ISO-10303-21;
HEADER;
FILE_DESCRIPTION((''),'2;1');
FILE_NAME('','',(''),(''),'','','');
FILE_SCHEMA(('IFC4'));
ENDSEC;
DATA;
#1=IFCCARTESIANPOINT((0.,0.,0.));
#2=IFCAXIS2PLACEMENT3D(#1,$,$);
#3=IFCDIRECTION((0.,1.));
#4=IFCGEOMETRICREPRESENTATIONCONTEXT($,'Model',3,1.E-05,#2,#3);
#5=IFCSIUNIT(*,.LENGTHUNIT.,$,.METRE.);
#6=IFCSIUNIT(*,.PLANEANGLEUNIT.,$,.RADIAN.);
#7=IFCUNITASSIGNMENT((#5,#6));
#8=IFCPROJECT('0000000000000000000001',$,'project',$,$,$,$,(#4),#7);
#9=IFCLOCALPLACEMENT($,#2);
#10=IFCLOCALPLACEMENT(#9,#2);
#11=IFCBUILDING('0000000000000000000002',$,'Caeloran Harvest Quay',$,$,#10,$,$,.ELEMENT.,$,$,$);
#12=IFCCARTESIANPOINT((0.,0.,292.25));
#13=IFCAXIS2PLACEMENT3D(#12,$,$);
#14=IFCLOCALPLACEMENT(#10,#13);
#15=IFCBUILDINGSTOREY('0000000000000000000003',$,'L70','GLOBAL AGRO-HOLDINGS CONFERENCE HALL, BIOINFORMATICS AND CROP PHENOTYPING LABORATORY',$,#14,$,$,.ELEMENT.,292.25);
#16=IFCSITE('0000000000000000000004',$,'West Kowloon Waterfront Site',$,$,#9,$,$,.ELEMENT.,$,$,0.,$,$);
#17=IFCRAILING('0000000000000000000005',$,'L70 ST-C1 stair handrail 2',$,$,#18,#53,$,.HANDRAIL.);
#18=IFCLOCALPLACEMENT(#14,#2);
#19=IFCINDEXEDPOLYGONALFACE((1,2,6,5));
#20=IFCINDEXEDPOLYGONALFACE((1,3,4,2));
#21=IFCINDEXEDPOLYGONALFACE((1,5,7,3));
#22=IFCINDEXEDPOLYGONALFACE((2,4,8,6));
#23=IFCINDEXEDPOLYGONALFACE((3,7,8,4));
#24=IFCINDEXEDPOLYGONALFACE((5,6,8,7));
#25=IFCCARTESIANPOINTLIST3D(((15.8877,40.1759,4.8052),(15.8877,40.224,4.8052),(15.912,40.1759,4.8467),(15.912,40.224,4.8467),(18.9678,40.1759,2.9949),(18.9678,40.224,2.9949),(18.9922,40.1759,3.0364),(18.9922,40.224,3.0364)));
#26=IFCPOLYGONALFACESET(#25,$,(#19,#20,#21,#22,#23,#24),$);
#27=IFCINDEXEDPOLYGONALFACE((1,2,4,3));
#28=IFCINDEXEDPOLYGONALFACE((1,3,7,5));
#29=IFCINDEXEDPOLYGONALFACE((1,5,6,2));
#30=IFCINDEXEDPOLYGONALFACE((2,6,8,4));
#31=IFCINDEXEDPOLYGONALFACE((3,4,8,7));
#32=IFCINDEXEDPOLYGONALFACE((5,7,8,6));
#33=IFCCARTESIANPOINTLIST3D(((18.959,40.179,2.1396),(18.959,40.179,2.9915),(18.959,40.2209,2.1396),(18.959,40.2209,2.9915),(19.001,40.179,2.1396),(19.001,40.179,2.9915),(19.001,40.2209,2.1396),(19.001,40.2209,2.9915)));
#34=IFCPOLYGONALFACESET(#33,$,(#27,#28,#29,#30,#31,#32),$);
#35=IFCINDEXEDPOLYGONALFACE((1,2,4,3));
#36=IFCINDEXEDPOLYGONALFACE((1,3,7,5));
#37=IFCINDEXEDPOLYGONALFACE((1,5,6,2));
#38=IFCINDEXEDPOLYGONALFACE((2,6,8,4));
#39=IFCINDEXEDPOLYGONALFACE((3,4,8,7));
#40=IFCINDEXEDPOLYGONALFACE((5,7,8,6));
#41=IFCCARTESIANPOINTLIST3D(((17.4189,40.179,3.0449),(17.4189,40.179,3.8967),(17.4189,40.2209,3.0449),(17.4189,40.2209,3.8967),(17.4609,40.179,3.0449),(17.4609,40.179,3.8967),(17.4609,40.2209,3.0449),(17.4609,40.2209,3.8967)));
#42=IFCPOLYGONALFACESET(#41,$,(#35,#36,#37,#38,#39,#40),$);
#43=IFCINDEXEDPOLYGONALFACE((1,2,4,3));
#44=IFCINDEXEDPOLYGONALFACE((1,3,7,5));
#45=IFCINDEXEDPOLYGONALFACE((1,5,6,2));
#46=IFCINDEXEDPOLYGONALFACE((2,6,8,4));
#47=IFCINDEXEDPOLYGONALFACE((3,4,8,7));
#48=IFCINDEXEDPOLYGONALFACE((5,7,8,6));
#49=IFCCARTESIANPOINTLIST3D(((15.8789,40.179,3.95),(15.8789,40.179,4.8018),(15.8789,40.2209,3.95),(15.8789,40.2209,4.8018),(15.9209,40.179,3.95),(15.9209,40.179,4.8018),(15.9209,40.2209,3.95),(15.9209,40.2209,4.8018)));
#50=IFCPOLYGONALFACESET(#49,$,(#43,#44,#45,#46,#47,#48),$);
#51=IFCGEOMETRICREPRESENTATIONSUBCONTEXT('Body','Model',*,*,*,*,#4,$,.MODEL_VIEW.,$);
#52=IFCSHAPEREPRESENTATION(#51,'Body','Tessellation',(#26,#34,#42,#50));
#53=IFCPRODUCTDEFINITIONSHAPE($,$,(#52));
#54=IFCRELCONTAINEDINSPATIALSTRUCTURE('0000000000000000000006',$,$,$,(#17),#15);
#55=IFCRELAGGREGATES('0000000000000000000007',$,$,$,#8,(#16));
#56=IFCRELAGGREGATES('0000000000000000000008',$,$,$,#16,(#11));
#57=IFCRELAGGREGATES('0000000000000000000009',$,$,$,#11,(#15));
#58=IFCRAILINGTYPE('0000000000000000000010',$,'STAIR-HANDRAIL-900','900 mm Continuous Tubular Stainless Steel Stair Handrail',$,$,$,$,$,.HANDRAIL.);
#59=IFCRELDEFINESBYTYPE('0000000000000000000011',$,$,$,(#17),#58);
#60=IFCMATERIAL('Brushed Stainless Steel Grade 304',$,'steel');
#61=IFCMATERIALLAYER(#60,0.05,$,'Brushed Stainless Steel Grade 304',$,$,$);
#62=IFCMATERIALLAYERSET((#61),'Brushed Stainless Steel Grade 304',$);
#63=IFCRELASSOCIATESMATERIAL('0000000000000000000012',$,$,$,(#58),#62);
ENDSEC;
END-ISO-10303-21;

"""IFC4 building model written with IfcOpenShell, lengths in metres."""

from ifc_helpers import new_model, si_unit, direction, frame, origin, origin_2d, place, context, subcontext, project, spatial, rectangle, extrude, material, layer, layer_set, type_object, element, save


model = new_model("IFC4")

# Units and contexts
model_context = context("Model", 3, precision=1e-05, world=origin(), true_north=direction((0.0, 1.0)))
body_context = subcontext(model_context, "Body", "Model", "MODEL_VIEW")
ifc_project = project(units=[si_unit("LENGTHUNIT", "METRE"), si_unit("PLANEANGLEUNIT", "RADIAN")], contexts=[model_context])

# Site, building, storey
site_placement = place(None, origin())
site = spatial("IfcSite", under=ifc_project, at=site_placement, Name="West Kowloon Waterfront Site", CompositionType="ELEMENT", RefElevation=0.0)
building_placement = place(site_placement, origin())
building = spatial("IfcBuilding", under=site, at=building_placement, Name="Caeloran Harvest Quay", CompositionType="ELEMENT")
storey_placement = place(building_placement, frame((0.0, 0.0, 292.25)))
storey = spatial("IfcBuildingStorey", under=building, at=storey_placement, Name="L70", Description="GLOBAL AGRO-HOLDINGS CONFERENCE HALL, BIOINFORMATICS AND CROP PHENOTYPING LABORATORY", CompositionType="ELEMENT", Elevation=292.25)

# Railing
ifc_material_1 = material(Name="Brushed Stainless Steel Grade 304", Category="steel")
ifc_layer_1 = layer(ifc_material_1, 0.05, Name="Brushed Stainless Steel Grade 304")
ifc_layer_set_1 = layer_set([ifc_layer_1], Name="Brushed Stainless Steel Grade 304")
railing_type_1 = type_object("IfcRailingType", Name="STAIR-HANDRAIL-900", Description="900 mm Continuous Tubular Stainless Steel Stair Handrail", PredefinedType="HANDRAIL", material=ifc_layer_set_1)
railing_1_placement = place(storey_placement, frame((18.98, 40.2, 2.1396)))
element("IfcRailing", 1, at=railing_1_placement, inside=storey, type_object=railing_type_1, Name="L70 ST-C1 stair handrail 2", PredefinedType="HANDRAIL", context=body_context, shape_type="SweptSolid", body=[
    extrude(rectangle(XDim=0.0481, YDim=0.0481, at=origin_2d()), frame((0.0, 0.0, 0.876), z_axis=(-0.862119, 0.0, 0.506707), x_axis=(0.0, -1.0, 0.0)), (0.0, 0.0, 1.0), 3.5728),
    extrude(rectangle(XDim=0.042, YDim=0.042, at=origin_2d()), origin(), (0.0, 0.0, 1.0), 0.8518),
    extrude(rectangle(XDim=0.042, YDim=0.042, at=origin_2d()), frame((-1.54, 0.0, 0.9053)), (0.0, 0.0, 1.0), 0.8518),
    extrude(rectangle(XDim=0.042, YDim=0.042, at=origin_2d()), frame((-3.0801, 0.0, 1.8103)), (0.0, 0.0, 1.0), 0.8518),
])

save(model, "model.ifc")
